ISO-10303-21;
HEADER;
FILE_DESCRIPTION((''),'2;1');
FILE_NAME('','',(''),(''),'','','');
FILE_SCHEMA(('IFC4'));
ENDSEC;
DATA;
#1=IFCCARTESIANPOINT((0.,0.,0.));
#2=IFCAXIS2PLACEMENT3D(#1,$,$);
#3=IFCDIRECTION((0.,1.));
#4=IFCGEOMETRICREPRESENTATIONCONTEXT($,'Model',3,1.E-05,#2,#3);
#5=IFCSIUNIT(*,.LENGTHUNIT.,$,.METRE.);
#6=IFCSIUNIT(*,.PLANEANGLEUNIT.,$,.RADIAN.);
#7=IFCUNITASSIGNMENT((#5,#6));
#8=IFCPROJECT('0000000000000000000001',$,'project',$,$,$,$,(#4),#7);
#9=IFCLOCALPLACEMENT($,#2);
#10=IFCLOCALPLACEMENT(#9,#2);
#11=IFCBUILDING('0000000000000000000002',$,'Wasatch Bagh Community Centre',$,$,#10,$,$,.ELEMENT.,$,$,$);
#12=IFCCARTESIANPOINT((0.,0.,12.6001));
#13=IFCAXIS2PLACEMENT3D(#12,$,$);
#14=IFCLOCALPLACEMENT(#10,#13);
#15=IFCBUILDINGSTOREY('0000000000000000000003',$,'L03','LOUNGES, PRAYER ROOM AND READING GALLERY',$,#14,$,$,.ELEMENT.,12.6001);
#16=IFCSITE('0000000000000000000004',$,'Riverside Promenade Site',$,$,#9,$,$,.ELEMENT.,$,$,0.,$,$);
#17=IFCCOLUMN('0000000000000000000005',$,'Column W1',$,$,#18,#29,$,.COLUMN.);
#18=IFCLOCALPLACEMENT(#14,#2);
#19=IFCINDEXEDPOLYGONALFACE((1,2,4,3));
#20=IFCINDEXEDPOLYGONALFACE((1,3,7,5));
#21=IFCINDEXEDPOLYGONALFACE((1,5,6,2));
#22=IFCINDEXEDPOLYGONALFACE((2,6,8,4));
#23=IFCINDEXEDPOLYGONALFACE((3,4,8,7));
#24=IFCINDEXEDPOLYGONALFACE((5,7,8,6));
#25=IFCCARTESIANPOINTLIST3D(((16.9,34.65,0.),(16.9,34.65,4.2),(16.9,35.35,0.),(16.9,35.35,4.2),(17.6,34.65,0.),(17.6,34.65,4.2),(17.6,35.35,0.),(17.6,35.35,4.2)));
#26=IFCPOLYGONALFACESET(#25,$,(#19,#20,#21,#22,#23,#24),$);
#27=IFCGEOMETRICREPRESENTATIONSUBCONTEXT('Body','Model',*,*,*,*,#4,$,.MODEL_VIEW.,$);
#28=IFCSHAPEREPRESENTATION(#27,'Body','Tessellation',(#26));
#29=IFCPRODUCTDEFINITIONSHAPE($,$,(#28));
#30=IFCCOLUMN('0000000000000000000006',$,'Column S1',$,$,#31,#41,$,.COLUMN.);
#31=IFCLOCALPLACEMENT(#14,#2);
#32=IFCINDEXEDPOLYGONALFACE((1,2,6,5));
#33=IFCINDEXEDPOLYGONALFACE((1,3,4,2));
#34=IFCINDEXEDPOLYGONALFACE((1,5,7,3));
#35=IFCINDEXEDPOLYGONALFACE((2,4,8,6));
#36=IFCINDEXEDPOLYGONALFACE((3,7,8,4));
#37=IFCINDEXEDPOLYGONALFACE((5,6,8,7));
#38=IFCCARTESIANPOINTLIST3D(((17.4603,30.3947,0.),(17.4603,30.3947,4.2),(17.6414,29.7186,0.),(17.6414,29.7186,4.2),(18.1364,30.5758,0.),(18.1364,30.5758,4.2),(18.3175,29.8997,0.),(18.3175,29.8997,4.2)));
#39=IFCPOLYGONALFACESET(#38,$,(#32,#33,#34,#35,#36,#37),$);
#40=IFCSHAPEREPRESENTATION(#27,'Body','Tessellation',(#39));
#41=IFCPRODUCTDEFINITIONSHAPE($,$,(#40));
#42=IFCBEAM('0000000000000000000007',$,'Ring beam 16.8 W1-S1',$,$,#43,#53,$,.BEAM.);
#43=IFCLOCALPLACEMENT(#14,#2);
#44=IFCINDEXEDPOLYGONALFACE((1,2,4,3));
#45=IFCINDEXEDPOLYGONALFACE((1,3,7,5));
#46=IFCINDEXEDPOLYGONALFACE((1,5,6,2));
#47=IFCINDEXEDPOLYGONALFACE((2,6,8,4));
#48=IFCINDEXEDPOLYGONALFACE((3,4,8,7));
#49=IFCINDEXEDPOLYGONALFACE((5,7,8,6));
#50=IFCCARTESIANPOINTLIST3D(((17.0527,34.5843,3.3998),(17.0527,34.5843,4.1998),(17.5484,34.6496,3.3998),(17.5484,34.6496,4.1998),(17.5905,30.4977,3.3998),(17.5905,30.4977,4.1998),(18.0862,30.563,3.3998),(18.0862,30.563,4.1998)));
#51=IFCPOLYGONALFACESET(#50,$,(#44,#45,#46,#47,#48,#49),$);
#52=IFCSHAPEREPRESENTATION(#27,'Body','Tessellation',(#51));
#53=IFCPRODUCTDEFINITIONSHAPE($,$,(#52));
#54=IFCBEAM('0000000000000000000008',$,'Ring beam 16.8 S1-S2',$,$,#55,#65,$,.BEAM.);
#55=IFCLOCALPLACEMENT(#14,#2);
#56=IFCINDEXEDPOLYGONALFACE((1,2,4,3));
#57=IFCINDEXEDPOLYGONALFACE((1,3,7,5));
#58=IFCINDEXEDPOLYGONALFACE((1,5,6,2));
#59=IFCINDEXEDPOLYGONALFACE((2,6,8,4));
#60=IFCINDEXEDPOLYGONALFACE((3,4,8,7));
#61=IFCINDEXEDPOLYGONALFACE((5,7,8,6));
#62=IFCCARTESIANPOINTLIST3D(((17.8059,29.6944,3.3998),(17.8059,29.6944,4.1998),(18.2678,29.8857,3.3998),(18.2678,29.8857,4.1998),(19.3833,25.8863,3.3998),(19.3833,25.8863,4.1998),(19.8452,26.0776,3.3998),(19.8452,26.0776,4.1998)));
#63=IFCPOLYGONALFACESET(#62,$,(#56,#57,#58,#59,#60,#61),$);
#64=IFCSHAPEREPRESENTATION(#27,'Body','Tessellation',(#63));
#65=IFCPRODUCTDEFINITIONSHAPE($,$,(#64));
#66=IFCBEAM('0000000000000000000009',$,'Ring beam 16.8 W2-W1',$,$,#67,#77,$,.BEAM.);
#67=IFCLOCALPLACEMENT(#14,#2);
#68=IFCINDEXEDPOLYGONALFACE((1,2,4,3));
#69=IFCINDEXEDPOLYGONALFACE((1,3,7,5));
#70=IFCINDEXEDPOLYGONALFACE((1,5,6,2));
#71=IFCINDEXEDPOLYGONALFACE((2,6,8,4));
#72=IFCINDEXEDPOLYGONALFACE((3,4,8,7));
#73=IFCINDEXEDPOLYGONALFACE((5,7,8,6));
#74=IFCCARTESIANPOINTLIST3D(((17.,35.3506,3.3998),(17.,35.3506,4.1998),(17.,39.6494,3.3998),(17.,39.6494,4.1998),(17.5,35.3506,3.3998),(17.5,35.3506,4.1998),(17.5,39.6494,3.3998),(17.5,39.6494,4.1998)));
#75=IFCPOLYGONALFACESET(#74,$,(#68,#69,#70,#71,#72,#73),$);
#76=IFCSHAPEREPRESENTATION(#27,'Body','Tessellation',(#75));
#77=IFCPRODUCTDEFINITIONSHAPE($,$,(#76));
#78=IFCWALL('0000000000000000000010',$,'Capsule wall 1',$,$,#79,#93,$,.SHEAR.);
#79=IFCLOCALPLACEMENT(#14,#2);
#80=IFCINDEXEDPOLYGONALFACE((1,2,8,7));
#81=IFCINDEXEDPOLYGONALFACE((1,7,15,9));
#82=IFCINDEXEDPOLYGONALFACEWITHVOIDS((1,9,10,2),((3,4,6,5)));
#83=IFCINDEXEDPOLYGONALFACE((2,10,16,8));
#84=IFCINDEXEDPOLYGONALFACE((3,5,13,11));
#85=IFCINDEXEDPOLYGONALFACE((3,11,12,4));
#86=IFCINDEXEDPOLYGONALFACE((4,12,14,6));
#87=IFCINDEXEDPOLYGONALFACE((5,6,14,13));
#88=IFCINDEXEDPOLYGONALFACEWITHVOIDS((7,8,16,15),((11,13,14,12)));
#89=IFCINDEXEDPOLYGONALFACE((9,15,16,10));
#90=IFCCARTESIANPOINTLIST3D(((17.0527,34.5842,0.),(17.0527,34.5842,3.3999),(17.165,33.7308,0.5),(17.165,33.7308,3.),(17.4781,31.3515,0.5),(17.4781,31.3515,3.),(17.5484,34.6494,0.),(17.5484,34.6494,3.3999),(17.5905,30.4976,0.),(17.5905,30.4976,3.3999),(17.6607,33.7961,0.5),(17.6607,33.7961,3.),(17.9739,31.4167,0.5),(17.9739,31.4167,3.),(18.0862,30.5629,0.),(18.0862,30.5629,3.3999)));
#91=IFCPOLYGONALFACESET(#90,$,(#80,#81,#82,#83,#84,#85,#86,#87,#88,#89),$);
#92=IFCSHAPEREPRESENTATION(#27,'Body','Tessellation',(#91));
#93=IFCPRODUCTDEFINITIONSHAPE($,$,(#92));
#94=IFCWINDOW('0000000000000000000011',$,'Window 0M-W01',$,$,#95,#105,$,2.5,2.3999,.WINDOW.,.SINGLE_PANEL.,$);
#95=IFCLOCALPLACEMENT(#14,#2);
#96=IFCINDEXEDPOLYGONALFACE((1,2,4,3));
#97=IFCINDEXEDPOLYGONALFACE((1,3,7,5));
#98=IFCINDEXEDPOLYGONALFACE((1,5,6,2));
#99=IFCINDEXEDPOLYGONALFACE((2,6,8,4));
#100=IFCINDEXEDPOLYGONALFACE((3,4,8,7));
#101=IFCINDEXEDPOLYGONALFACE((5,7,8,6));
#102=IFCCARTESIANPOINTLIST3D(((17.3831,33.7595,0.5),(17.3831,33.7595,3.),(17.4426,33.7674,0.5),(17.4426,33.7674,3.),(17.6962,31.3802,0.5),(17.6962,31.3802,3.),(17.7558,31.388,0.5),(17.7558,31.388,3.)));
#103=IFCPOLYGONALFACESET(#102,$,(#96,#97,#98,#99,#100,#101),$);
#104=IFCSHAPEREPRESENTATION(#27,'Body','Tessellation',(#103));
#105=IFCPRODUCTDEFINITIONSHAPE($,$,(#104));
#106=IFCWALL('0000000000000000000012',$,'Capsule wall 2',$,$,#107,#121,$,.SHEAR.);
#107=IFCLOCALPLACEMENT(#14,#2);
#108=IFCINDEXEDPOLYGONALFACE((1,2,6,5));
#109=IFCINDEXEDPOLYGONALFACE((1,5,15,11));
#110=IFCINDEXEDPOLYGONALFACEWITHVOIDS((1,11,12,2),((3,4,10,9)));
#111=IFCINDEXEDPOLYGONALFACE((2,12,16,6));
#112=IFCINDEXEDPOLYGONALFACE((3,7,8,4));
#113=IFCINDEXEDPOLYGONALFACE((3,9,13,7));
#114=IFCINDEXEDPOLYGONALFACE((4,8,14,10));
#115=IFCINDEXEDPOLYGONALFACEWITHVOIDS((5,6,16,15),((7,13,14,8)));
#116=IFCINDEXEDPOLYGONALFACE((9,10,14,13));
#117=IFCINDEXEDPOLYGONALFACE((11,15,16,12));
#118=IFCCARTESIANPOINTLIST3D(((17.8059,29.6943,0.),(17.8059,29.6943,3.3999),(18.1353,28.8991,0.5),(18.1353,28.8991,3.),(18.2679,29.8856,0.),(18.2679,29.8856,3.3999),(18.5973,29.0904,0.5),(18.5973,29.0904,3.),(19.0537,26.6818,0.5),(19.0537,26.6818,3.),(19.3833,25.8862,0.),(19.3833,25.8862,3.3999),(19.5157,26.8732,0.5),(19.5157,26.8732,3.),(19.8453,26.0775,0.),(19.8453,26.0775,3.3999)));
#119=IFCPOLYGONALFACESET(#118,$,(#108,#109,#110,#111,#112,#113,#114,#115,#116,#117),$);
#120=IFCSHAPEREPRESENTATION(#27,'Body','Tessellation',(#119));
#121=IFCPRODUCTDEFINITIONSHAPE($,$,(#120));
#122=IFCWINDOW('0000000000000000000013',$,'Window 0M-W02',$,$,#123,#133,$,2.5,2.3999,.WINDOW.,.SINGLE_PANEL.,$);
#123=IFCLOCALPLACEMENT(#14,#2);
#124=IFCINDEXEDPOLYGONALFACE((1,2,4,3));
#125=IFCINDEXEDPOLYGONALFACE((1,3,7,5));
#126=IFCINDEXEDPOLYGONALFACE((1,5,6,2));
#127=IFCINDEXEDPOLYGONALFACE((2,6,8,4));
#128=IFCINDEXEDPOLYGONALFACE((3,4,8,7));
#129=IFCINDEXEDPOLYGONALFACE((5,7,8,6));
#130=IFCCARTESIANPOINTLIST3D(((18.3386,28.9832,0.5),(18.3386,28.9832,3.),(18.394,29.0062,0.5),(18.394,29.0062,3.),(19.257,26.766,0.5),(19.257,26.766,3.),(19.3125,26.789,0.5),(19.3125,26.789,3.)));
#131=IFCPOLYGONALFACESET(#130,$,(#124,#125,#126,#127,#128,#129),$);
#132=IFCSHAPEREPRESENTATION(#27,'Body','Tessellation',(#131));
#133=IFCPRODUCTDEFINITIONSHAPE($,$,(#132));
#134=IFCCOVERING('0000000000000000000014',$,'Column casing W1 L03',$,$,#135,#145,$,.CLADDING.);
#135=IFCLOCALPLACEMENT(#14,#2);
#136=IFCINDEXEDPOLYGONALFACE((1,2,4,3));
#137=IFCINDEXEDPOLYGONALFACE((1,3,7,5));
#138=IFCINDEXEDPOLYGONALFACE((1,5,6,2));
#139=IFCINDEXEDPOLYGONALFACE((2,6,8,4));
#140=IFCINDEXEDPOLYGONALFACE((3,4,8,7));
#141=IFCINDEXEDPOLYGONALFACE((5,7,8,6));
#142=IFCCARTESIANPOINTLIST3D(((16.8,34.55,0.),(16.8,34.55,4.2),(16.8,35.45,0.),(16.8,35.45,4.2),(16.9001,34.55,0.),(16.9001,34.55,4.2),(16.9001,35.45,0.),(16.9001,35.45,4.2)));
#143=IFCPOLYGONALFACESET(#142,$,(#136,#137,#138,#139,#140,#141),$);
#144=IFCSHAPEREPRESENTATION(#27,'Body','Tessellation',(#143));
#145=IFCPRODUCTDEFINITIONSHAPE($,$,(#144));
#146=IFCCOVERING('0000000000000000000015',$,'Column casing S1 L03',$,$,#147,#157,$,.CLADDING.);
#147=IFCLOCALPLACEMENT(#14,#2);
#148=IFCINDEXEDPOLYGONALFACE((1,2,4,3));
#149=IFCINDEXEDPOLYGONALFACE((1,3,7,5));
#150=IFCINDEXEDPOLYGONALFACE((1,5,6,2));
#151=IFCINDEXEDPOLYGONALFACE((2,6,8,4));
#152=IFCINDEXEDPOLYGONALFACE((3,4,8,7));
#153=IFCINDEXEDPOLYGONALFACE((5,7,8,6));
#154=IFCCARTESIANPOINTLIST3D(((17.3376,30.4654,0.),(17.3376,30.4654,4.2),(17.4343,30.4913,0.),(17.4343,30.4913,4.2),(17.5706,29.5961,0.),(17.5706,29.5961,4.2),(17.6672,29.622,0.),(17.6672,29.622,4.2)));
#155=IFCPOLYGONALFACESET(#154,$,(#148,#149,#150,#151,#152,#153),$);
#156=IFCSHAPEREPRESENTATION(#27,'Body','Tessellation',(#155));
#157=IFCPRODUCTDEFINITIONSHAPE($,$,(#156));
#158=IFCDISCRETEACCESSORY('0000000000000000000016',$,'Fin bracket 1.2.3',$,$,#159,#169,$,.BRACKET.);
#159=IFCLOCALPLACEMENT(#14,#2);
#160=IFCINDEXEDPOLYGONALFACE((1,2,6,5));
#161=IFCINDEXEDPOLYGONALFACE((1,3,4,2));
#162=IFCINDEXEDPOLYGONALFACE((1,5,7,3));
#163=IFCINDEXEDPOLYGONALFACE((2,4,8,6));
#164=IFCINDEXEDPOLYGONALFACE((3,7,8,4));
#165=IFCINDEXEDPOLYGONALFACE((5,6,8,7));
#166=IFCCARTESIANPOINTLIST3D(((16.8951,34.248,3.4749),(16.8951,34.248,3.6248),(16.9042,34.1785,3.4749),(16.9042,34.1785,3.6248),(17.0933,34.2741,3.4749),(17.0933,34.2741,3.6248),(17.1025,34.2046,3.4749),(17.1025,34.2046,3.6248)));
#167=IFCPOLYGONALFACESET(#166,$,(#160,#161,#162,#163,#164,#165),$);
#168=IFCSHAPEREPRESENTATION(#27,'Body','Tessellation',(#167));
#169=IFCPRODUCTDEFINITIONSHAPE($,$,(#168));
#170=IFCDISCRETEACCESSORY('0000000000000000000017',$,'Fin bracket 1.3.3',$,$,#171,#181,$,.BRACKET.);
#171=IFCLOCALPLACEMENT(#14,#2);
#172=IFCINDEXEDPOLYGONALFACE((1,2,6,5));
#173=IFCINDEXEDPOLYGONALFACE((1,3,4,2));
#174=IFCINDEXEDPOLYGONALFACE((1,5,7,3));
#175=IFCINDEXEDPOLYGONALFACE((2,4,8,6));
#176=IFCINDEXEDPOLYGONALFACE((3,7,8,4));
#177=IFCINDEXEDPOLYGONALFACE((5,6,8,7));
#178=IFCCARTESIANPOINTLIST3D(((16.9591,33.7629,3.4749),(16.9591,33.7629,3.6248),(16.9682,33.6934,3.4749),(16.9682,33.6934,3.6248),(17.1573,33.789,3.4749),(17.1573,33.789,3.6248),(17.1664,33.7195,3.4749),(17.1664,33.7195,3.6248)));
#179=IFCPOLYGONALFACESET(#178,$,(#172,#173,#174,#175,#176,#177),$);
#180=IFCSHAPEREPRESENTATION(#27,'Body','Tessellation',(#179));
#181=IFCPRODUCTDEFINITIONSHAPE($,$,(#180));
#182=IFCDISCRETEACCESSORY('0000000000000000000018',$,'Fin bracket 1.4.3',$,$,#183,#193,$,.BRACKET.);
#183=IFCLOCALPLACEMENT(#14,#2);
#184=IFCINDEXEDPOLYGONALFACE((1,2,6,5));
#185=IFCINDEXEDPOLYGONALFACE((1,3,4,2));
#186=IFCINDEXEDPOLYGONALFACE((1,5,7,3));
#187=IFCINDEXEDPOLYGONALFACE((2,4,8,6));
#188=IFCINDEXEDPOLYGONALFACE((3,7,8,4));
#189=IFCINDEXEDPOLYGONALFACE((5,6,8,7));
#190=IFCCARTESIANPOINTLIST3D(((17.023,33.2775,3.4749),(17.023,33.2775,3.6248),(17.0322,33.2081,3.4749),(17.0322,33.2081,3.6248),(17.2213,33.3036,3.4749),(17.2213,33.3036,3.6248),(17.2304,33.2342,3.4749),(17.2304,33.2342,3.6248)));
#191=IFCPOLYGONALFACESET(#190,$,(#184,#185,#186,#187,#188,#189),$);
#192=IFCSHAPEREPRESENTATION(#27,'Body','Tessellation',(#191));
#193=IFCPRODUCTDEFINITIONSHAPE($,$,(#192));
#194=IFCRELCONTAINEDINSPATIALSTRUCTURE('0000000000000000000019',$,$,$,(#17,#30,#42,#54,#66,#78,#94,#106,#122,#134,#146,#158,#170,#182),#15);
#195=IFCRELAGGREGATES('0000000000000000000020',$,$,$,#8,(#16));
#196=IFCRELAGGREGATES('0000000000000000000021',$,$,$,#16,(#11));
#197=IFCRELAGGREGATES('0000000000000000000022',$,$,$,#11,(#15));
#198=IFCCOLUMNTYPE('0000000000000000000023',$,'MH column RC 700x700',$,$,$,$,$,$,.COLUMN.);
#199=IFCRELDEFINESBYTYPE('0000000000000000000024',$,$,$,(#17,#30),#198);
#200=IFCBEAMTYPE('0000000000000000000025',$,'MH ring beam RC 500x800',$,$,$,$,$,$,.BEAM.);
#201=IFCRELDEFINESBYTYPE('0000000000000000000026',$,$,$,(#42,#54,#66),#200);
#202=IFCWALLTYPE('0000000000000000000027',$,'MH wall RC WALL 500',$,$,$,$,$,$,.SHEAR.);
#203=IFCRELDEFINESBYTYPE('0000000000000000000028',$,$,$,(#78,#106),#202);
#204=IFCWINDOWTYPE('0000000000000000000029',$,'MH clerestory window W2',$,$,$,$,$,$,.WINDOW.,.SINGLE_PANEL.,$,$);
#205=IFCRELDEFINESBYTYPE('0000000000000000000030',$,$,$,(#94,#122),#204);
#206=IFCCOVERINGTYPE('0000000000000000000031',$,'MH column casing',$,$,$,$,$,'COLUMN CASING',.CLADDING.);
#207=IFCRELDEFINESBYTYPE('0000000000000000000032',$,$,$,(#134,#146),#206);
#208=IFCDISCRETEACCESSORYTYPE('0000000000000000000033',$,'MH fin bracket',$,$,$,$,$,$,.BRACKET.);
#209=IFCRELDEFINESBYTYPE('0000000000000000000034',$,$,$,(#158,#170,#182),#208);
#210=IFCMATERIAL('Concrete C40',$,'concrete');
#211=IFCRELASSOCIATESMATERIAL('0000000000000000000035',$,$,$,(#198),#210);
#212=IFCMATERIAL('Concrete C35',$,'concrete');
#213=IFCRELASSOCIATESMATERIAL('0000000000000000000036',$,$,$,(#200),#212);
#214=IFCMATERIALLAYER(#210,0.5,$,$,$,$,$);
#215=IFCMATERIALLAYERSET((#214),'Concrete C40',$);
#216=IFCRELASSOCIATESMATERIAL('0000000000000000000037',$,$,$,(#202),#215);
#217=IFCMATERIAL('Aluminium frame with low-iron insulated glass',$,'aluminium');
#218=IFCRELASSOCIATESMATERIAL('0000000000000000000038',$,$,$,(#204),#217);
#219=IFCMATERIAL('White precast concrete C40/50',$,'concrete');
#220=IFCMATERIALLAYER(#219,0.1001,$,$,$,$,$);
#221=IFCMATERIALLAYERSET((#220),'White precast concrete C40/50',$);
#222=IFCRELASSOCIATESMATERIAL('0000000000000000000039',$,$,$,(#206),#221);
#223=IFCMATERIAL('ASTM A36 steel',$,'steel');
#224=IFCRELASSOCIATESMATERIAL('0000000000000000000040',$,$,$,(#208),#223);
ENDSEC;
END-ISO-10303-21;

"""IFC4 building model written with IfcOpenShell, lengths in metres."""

from ifc_helpers import new_model, si_unit, direction, frame, frame_2d, origin, origin_2d, place, context, subcontext, project, spatial, rectangle, extrude, material, layer, layer_set, material_profile, profile_set, type_object, element, fill, save


model = new_model("IFC4")

# Units and contexts
model_context = context("Model", 3, precision=1e-05, world=origin(), true_north=direction((0.0, 1.0)))
body_context = subcontext(model_context, "Body", "Model", "MODEL_VIEW")
ifc_project = project(units=[si_unit("LENGTHUNIT", "METRE"), si_unit("PLANEANGLEUNIT", "RADIAN")], contexts=[model_context])

# Site, building, storey
site_placement = place(None, origin())
site = spatial("IfcSite", under=ifc_project, at=site_placement, Name="Riverside Promenade Site", CompositionType="ELEMENT", RefElevation=0.0)
building_placement = place(site_placement, origin())
building = spatial("IfcBuilding", under=site, at=building_placement, Name="Wasatch Bagh Community Centre", CompositionType="ELEMENT")
storey_placement = place(building_placement, frame((0.0, 0.0, 12.6001)))
storey = spatial("IfcBuildingStorey", under=building, at=storey_placement, Name="L03", Description="LOUNGES, PRAYER ROOM AND READING GALLERY", CompositionType="ELEMENT", Elevation=12.6001)

# Columns
ifc_material_1 = material(Name="Concrete C40", Category="concrete")
ifc_material_profile_1 = material_profile(ifc_material_1, rectangle(XDim=0.7, YDim=0.7, at=origin_2d()), Name="RC 700x700")
ifc_profile_set_1 = profile_set([ifc_material_profile_1], Name="Concrete C40")
column_type = type_object("IfcColumnType", Name="MH column RC 700x700", PredefinedType="COLUMN", material=ifc_profile_set_1)
for number, where, z_axis, x_axis, name in (
    (1, (17.25, 35.0, 0.0), (0.0, 0.0, 1.0), (1.0, 0.0, 0.0), "Column W1"),
    (2, (17.8889, 30.1472, 0.0), (0.0, 0.0, 1.0), (0.965926, 0.258819, 0.0), "Column S1"),
):
    element("IfcColumn", number, at=place(storey_placement, frame(where, z_axis=z_axis, x_axis=x_axis)), inside=storey, type_object=column_type, Name=name, PredefinedType="COLUMN", context=body_context, shape_type="SweptSolid", body=[
        extrude(rectangle(XDim=0.7, YDim=0.7, at=origin_2d()), origin(), (0.0, 0.0, 1.0), 4.2),
    ])

# Beams
ifc_material_2 = material(Name="Concrete C35", Category="concrete")
ifc_material_profile_2 = material_profile(ifc_material_2, rectangle(XDim=0.5, YDim=0.8, at=origin_2d()), Name="RC 500x800")
ifc_profile_set_2 = profile_set([ifc_material_profile_2], Name="Concrete C35")
beam_type = type_object("IfcBeamType", Name="MH ring beam RC 500x800", PredefinedType="BEAM", material=ifc_profile_set_2)
for number, where, z_axis, x_axis, name in (
    (3, (17.3005, 34.6169, 3.7998), (0.130484, -0.99145, 0.0), (0.99145, 0.130484, 0.0), "Ring beam 16.8 W1-S1"),
    (4, (18.0369, 29.79, 3.7998), (0.382688, -0.923878, 0.0), (0.923878, 0.382688, 0.0), "Ring beam 16.8 S1-S2"),
):
    element("IfcBeam", number, at=place(storey_placement, frame(where, z_axis=z_axis, x_axis=x_axis)), inside=storey, type_object=beam_type, Name=name, PredefinedType="BEAM", context=body_context, shape_type="SweptSolid", body=[
        extrude(rectangle(XDim=0.5, YDim=0.8, at=origin_2d()), origin(), (0.0, 0.0, 1.0), 4.1218),
    ])
beam_placement = place(storey_placement, frame((17.25, 39.6494, 3.7998), z_axis=(0.0, -1.0, 0.0), x_axis=(1.0, 0.0, 0.0)))
element("IfcBeam", 5, at=beam_placement, inside=storey, type_object=beam_type, Name="Ring beam 16.8 W2-W1", PredefinedType="BEAM", context=body_context, shape_type="SweptSolid", body=[
    extrude(rectangle(XDim=0.5, YDim=0.8, at=origin_2d()), origin(), (0.0, 0.0, 1.0), 4.2988),
])

# Walls, openings, windows
ifc_layer_1 = layer(ifc_material_1, 0.5)
ifc_layer_set_1 = layer_set([ifc_layer_1], Name="Concrete C40")
wall_type = type_object("IfcWallType", Name="MH wall RC WALL 500", PredefinedType="SHEAR", material=ifc_layer_set_1)
wall_1_placement = place(storey_placement, frame((17.3005, 34.6169, 0.0), z_axis=(0.0, 0.0, 1.0), x_axis=(0.130484, -0.99145, 0.0)))
wall_1 = element("IfcWall", 6, at=wall_1_placement, inside=storey, type_object=wall_type, Name="Capsule wall 1", PredefinedType="SHEAR", context=body_context, shape_type="SweptSolid", body=[
    extrude(rectangle(XDim=4.1218, YDim=0.5, at=frame_2d((2.061, 0.0))), origin(), (0.0, 0.0, 1.0), 3.3999),
])
opening_1_placement = place(wall_1_placement, frame((0.8608, 0.0, 0.5)))
opening_1 = element("IfcOpeningElement", 7, at=opening_1_placement, cuts=wall_1, PredefinedType="OPENING", context=body_context, shape_type="SweptSolid", body=[
    extrude(rectangle(XDim=2.3999, YDim=2.5, at=frame_2d((1.2, 1.25))), frame((0.0, 0.26, 0.0), z_axis=(0.0, -1.0, 0.0), x_axis=(1.0, 0.0, 0.0)), (0.0, 0.0, 1.0), 0.52),
])
ifc_material_3 = material(Name="Aluminium frame with low-iron insulated glass", Category="aluminium")
window_type = type_object("IfcWindowType", Name="MH clerestory window W2", PartitioningType="SINGLE_PANEL", PredefinedType="WINDOW", material=ifc_material_3)
window_1_placement = place(opening_1_placement, origin())
window_1 = element("IfcWindow", 8, at=window_1_placement, inside=storey, type_object=window_type, Name="Window 0M-W01", OverallHeight=2.5, OverallWidth=2.3999, PartitioningType="SINGLE_PANEL", PredefinedType="WINDOW", context=body_context, shape_type="SweptSolid", body=[
    extrude(rectangle(XDim=2.3999, YDim=2.5, at=frame_2d((1.2, 1.25))), frame((0.0, 0.03, 0.0), z_axis=(0.0, -1.0, 0.0), x_axis=(1.0, 0.0, 0.0)), (0.0, 0.0, 1.0), 0.0601),
])
fill(opening_1, window_1)
wall_2_placement = place(storey_placement, frame((18.0369, 29.79, 0.0), z_axis=(0.0, 0.0, 1.0), x_axis=(0.382688, -0.923878, 0.0)))
wall_2 = element("IfcWall", 9, at=wall_2_placement, inside=storey, type_object=wall_type, Name="Capsule wall 2", PredefinedType="SHEAR", context=body_context, shape_type="SweptSolid", body=[
    extrude(rectangle(XDim=4.1218, YDim=0.5, at=frame_2d((2.061, 0.0))), origin(), (0.0, 0.0, 1.0), 3.3999),
])
opening_2_placement = place(wall_2_placement, frame((0.8608, 0.0, 0.5)))
opening_2 = element("IfcOpeningElement", 10, at=opening_2_placement, cuts=wall_2, PredefinedType="OPENING", context=body_context, shape_type="SweptSolid", body=[
    extrude(rectangle(XDim=2.3999, YDim=2.5, at=frame_2d((1.2, 1.25))), frame((0.0, 0.26, 0.0), z_axis=(0.0, -1.0, 0.0), x_axis=(1.0, 0.0, 0.0)), (0.0, 0.0, 1.0), 0.52),
])
window_2_placement = place(opening_2_placement, origin())
window_2 = element("IfcWindow", 11, at=window_2_placement, inside=storey, type_object=window_type, Name="Window 0M-W02", OverallHeight=2.5, OverallWidth=2.3999, PartitioningType="SINGLE_PANEL", PredefinedType="WINDOW", context=body_context, shape_type="SweptSolid", body=[
    extrude(rectangle(XDim=2.3999, YDim=2.5, at=frame_2d((1.2, 1.25))), frame((0.0, 0.03, 0.0), z_axis=(0.0, -1.0, 0.0), x_axis=(1.0, 0.0, 0.0)), (0.0, 0.0, 1.0), 0.0601),
])
fill(opening_2, window_2)

# Coverings
ifc_material_4 = material(Name="White precast concrete C40/50", Category="concrete")
ifc_layer_2 = layer(ifc_material_4, 0.1001)
ifc_layer_set_2 = layer_set([ifc_layer_2], Name="White precast concrete C40/50")
covering_type = type_object("IfcCoveringType", Name="MH column casing", ElementType="COLUMN CASING", PredefinedType="CLADDING", material=ifc_layer_set_2)
for number, where, z_axis, x_axis, name in (
    (12, (16.8501, 35.0, 0.0), (0.0, 0.0, 1.0), (0.0, -1.0, 0.0), "Column casing W1 L03"),
    (13, (17.5024, 30.0437, 0.0), (0.0, 0.0, 1.0), (0.258819, -0.965926, 0.0), "Column casing S1 L03"),
):
    element("IfcCovering", number, at=place(storey_placement, frame(where, z_axis=z_axis, x_axis=x_axis)), inside=storey, type_object=covering_type, Name=name, PredefinedType="CLADDING", context=body_context, shape_type="SweptSolid", body=[
        extrude(rectangle(XDim=0.8999, YDim=0.1001, at=origin_2d()), origin(), (0.0, 0.0, 1.0), 4.2),
    ])

# Discrete accessories
ifc_material_5 = material(Name="ASTM A36 steel", Category="steel")
discrete_accessory_type = type_object("IfcDiscreteAccessoryType", Name="MH fin bracket", PredefinedType="BRACKET", material=ifc_material_5)
for number, where, z_axis, x_axis, name in (
    (14, (16.9988, 34.2263, 3.4749), (0.0, 0.0, 1.0), (0.130526, -0.991445, 0.0), "Fin bracket 1.2.3"),
    (15, (17.0627, 33.7412, 3.4749), (0.0, 0.0, 1.0), (0.130526, -0.991445, 0.0), "Fin bracket 1.3.3"),
    (16, (17.1267, 33.2559, 3.4749), (0.0, 0.0, 1.0), (0.130526, -0.991445, 0.0), "Fin bracket 1.4.3"),
):
    element("IfcDiscreteAccessory", number, at=place(storey_placement, frame(where, z_axis=z_axis, x_axis=x_axis)), inside=storey, type_object=discrete_accessory_type, Name=name, PredefinedType="BRACKET", context=body_context, shape_type="SweptSolid", body=[
        extrude(rectangle(XDim=0.0701, YDim=0.2, at=origin_2d()), origin(), (0.0, 0.0, 1.0), 0.1499),
    ])

save(model, "model.ifc")
